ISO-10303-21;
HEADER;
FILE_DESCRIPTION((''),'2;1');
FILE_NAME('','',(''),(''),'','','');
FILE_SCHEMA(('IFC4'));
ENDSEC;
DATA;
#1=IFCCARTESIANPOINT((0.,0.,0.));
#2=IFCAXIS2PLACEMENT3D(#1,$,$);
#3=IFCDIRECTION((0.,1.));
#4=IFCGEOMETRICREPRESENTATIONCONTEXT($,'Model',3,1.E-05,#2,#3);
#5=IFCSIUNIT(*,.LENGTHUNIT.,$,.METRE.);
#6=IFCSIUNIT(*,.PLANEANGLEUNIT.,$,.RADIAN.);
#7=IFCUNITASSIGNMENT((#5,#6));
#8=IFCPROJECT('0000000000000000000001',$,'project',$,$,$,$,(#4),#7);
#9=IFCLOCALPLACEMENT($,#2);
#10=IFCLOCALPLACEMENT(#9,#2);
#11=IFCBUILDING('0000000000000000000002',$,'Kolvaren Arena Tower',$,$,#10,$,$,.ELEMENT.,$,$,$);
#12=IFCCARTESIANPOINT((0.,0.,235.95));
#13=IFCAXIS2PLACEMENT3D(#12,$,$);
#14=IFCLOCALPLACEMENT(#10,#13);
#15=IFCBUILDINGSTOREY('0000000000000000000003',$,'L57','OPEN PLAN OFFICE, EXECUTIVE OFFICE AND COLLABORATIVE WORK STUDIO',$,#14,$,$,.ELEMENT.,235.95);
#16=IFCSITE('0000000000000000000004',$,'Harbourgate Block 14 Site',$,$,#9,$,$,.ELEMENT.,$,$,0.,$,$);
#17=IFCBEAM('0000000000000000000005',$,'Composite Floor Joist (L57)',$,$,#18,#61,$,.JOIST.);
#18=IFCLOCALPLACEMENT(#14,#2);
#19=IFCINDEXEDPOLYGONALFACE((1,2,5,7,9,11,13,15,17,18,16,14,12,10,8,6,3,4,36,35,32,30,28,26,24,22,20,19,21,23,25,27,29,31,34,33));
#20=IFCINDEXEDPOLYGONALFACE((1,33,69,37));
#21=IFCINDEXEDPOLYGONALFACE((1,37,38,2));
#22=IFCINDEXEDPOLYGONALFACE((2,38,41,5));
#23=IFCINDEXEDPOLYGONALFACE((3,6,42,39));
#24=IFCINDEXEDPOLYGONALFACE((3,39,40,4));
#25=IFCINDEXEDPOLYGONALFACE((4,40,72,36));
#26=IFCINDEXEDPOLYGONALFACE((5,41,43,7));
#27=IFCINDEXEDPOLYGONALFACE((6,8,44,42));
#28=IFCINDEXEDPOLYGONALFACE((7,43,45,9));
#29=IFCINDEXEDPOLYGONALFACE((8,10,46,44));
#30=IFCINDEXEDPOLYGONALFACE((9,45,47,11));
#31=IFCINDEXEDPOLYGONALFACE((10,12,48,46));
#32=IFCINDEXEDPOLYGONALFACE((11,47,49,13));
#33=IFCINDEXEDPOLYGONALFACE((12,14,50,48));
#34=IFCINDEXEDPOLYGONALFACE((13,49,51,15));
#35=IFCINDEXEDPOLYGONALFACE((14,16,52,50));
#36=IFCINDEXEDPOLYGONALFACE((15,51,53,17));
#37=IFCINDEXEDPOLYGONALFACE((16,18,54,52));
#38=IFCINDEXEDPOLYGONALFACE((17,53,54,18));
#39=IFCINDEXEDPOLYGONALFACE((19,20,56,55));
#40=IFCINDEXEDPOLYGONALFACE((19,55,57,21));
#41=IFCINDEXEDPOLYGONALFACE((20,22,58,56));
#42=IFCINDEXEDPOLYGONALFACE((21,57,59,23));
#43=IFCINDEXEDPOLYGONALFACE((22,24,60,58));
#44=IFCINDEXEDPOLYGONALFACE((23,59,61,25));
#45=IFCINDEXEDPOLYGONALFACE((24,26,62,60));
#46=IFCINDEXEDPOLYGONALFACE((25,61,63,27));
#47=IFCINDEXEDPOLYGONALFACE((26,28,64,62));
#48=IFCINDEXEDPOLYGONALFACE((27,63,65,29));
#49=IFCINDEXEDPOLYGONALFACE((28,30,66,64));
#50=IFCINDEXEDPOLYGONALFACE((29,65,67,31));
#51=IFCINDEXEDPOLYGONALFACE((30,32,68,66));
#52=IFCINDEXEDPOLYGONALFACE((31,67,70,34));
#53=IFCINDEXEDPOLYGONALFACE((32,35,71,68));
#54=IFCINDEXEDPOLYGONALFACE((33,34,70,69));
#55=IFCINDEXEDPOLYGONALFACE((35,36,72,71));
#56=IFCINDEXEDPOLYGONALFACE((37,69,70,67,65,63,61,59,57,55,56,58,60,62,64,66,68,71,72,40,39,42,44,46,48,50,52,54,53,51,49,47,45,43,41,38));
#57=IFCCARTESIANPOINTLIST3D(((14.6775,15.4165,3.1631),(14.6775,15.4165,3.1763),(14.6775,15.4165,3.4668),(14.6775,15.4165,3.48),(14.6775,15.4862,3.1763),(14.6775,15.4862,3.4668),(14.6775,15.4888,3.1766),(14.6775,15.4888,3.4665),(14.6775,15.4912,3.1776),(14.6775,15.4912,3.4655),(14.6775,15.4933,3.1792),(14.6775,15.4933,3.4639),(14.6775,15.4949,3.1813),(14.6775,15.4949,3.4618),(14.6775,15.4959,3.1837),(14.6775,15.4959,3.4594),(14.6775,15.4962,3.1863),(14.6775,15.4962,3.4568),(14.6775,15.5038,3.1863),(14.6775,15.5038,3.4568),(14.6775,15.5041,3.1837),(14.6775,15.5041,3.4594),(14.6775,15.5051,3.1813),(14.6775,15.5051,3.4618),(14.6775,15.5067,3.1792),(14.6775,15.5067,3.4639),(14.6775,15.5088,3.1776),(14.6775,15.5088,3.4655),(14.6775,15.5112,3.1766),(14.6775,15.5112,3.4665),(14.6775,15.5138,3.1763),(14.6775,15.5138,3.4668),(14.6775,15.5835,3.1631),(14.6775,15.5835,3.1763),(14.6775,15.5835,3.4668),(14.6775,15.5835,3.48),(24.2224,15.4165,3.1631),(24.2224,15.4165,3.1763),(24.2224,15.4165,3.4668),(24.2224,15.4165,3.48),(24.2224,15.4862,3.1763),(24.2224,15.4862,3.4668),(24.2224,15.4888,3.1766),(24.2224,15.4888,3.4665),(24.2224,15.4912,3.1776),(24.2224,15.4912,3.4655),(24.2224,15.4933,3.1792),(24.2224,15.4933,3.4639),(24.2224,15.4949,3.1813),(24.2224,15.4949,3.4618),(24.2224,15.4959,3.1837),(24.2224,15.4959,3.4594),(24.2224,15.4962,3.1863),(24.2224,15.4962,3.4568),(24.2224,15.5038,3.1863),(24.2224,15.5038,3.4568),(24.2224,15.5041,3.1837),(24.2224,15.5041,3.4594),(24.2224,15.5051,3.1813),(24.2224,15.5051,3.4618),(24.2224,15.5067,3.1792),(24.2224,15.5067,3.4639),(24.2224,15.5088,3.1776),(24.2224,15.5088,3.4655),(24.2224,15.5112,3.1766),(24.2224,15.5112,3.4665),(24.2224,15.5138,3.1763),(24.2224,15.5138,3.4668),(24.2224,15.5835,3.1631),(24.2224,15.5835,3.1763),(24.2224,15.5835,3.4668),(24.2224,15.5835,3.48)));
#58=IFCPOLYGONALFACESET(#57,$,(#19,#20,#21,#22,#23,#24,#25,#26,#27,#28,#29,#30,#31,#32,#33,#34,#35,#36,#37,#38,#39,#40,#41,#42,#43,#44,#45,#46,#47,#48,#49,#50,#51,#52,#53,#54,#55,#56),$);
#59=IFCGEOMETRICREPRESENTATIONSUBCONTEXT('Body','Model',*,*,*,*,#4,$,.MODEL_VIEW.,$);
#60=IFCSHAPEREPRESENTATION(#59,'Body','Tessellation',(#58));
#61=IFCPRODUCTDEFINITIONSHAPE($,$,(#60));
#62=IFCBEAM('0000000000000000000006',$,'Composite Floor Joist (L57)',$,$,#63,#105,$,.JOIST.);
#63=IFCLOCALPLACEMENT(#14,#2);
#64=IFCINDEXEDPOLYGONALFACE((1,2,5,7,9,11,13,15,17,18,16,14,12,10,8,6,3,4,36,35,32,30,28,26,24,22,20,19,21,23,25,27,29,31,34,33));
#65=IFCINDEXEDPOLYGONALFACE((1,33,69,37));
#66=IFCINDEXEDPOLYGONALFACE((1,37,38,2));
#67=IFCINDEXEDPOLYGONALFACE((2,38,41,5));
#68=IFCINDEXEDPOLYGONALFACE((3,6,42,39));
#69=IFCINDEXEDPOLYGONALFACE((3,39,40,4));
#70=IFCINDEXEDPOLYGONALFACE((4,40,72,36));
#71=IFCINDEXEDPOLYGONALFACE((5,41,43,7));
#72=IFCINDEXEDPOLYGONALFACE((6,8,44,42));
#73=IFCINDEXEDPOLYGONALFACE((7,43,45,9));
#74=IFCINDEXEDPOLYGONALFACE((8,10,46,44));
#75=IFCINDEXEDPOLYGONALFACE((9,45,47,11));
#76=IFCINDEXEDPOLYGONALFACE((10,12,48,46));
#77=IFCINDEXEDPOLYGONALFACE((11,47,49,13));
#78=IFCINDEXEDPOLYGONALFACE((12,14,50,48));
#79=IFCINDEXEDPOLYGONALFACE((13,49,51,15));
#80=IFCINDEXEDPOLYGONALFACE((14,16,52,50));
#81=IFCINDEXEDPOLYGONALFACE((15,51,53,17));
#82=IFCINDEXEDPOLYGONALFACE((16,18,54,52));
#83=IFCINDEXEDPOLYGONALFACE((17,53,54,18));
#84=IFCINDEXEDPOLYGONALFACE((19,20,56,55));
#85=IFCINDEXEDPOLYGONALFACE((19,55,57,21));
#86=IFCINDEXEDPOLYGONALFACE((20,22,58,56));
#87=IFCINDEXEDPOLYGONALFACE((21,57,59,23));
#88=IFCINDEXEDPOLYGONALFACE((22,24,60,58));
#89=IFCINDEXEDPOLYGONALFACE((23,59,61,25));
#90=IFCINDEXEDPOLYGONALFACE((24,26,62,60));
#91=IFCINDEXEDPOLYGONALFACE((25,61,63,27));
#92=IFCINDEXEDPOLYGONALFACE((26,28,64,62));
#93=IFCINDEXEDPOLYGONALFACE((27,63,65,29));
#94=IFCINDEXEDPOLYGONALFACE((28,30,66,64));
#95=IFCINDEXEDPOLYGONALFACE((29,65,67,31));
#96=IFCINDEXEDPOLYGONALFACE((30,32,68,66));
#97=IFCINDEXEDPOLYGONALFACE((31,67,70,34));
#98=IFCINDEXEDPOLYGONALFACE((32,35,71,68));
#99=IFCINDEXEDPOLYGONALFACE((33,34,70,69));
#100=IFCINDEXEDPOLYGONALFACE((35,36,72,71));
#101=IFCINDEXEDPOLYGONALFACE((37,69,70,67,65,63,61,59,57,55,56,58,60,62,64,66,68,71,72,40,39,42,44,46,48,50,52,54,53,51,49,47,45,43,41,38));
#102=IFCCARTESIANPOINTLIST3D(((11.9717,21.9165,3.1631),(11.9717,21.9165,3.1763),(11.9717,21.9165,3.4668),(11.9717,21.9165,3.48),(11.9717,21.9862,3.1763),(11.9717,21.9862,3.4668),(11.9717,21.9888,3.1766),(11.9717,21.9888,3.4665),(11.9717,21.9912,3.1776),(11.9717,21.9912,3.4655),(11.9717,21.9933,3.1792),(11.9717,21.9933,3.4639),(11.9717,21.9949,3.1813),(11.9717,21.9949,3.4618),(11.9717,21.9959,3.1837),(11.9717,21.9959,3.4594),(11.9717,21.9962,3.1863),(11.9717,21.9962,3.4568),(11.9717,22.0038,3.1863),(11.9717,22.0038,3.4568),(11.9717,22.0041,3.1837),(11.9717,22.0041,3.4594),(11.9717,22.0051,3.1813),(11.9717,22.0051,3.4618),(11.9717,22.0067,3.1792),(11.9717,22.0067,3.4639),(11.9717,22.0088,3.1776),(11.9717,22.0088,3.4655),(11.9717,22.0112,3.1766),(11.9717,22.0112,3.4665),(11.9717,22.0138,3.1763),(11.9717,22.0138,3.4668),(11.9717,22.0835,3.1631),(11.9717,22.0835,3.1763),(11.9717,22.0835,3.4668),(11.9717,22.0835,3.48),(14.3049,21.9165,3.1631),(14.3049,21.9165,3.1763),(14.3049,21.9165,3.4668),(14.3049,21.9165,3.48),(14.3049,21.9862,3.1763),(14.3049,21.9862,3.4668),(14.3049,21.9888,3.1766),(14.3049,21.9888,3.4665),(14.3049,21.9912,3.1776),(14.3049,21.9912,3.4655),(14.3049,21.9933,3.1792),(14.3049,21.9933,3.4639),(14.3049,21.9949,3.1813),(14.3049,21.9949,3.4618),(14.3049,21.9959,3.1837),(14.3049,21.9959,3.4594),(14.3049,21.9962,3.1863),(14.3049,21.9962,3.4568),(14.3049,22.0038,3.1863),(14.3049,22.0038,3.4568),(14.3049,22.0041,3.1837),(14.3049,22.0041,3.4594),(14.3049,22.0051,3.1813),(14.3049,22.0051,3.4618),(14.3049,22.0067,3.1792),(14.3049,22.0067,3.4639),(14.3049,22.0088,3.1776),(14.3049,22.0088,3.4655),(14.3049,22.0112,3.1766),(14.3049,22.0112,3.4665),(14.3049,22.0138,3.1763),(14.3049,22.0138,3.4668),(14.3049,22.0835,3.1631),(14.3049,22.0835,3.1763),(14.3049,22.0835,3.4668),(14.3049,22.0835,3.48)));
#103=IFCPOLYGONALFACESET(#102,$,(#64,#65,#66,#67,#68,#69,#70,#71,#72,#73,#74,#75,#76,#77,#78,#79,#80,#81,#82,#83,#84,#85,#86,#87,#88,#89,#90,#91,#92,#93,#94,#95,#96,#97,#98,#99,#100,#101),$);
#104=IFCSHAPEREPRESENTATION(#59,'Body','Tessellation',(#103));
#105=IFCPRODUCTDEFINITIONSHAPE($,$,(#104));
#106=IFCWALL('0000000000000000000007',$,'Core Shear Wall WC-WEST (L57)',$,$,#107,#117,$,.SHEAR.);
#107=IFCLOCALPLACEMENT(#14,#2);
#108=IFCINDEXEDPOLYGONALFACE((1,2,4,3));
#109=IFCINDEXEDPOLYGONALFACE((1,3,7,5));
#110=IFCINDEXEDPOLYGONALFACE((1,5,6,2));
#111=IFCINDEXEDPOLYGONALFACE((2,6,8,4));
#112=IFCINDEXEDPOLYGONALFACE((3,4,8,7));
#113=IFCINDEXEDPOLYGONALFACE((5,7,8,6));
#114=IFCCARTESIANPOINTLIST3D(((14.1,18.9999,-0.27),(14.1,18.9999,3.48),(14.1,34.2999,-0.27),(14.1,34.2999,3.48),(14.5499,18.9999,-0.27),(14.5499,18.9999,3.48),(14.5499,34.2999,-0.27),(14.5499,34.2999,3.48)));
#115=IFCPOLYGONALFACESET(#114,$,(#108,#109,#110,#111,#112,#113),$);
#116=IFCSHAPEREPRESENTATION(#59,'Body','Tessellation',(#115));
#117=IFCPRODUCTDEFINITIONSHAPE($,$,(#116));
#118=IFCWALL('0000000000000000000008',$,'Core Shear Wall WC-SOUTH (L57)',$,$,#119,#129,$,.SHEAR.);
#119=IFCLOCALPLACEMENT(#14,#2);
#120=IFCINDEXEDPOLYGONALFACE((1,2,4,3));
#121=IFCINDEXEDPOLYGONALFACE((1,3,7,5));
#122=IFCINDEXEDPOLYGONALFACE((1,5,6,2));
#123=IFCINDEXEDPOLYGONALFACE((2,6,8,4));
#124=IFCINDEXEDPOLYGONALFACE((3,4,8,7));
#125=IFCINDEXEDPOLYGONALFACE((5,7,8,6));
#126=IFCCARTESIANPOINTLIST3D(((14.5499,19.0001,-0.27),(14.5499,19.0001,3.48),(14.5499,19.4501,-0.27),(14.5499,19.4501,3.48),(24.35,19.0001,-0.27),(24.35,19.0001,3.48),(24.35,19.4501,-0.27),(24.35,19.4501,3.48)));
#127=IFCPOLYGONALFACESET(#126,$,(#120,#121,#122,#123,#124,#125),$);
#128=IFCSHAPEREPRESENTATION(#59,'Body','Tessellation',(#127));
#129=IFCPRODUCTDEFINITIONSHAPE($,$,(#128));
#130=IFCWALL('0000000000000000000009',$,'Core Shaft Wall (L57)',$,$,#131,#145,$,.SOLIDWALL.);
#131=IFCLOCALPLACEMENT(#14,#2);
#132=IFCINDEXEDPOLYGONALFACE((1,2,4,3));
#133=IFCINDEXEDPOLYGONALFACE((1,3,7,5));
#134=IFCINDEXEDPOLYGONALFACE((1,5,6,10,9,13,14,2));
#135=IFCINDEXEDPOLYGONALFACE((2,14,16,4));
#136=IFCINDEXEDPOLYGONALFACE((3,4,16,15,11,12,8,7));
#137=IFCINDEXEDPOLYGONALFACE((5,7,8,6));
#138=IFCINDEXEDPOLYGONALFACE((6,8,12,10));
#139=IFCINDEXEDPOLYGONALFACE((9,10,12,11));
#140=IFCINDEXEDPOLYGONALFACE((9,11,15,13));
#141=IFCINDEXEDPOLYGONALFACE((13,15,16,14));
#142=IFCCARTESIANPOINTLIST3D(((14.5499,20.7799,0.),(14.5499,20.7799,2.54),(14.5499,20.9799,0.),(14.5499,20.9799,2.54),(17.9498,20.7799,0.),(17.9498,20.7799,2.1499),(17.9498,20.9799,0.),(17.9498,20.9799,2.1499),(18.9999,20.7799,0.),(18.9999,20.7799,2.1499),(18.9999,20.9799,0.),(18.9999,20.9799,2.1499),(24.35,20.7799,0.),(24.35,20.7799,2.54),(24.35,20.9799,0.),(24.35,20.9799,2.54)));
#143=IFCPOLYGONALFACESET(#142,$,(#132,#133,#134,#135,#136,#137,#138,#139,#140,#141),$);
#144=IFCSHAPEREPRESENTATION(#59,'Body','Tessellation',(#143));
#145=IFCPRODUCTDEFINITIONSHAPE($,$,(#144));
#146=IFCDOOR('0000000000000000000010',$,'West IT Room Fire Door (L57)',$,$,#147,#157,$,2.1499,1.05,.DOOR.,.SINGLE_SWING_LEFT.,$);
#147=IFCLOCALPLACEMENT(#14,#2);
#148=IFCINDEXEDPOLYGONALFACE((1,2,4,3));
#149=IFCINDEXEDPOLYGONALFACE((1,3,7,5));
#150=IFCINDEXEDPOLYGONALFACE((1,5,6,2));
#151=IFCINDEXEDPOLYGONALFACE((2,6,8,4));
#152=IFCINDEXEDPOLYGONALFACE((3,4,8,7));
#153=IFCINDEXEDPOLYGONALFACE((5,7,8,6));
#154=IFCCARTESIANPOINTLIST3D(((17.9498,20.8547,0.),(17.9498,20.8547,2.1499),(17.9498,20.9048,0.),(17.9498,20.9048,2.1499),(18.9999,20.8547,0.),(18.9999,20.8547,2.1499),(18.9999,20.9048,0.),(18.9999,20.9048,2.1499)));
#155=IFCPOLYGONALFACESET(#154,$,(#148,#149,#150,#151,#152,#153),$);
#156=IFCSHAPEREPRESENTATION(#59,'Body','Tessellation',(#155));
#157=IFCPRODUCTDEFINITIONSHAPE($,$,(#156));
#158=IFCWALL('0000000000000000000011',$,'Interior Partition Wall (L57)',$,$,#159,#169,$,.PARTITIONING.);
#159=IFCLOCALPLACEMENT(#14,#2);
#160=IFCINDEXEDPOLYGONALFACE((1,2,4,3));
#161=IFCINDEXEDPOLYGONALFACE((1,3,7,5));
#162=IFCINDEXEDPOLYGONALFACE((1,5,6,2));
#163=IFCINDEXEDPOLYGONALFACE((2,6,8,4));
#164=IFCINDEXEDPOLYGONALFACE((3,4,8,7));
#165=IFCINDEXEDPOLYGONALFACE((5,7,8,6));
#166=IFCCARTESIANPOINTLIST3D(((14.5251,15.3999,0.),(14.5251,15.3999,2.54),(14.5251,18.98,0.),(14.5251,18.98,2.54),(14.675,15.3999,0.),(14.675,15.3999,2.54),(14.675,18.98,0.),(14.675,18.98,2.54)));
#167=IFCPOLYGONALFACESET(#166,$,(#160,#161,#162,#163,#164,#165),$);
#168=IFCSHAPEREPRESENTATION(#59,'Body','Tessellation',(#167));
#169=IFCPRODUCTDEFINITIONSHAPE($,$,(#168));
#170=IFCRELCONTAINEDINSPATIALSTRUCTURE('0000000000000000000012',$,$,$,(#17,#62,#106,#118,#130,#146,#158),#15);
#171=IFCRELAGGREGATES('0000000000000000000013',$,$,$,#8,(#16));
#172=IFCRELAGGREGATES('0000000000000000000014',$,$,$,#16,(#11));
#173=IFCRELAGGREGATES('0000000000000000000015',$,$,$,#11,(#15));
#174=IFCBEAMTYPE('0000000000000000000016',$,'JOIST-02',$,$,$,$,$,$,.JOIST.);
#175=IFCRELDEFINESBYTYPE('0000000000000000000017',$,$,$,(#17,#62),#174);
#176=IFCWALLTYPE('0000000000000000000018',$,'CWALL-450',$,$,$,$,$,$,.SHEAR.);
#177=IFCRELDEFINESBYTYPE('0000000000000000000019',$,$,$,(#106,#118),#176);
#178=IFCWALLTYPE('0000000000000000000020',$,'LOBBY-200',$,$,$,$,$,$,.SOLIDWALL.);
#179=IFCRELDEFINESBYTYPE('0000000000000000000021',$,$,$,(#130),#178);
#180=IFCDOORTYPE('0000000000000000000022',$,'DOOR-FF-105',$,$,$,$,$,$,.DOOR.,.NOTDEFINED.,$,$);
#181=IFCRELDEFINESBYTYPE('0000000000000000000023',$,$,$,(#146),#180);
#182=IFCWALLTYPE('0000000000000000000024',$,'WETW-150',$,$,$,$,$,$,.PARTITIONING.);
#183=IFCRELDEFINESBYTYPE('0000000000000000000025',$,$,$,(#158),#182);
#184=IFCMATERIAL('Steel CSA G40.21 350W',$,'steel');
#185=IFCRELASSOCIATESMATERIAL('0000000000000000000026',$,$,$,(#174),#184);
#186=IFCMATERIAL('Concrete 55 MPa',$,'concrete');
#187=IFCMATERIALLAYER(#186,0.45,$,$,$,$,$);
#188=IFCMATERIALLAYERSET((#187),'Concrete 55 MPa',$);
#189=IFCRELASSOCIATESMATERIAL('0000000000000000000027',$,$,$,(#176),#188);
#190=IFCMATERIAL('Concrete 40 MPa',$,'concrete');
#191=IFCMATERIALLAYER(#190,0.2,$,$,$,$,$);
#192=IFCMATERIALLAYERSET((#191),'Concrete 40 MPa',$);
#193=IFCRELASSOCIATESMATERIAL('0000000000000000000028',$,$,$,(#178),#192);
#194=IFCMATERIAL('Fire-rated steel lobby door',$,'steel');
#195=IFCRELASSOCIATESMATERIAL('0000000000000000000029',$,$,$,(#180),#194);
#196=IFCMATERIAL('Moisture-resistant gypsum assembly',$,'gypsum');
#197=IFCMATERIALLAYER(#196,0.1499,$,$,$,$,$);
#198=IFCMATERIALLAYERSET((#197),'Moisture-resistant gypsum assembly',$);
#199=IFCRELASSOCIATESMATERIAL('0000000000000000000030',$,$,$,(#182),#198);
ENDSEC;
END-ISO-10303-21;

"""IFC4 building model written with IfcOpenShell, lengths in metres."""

from ifc_helpers import new_model, si_unit, direction, frame, frame_2d, origin, origin_2d, place, context, subcontext, project, spatial, rectangle, i_section, extrude, material, layer, layer_set, material_profile, profile_set, type_object, element, fill, save


model = new_model("IFC4")

# Units and contexts
model_context = context("Model", 3, precision=1e-05, world=origin(), true_north=direction((0.0, 1.0)))
body_context = subcontext(model_context, "Body", "Model", "MODEL_VIEW")
ifc_project = project(units=[si_unit("LENGTHUNIT", "METRE"), si_unit("PLANEANGLEUNIT", "RADIAN")], contexts=[model_context])

# Site, building, storey
site_placement = place(None, origin())
site = spatial("IfcSite", under=ifc_project, at=site_placement, Name="Harbourgate Block 14 Site", CompositionType="ELEMENT", RefElevation=0.0)
building_placement = place(site_placement, origin())
building = spatial("IfcBuilding", under=site, at=building_placement, Name="Kolvaren Arena Tower", CompositionType="ELEMENT")
storey_placement = place(building_placement, frame((0.0, 0.0, 235.95)))
storey = spatial("IfcBuildingStorey", under=building, at=storey_placement, Name="L57", Description="OPEN PLAN OFFICE, EXECUTIVE OFFICE AND COLLABORATIVE WORK STUDIO", CompositionType="ELEMENT", Elevation=235.95)

# Beams
ifc_material_1 = material(Name="Steel CSA G40.21 350W", Category="steel")
ifc_material_profile_1 = material_profile(ifc_material_1, i_section(OverallWidth=0.167, OverallDepth=0.3169, WebThickness=0.0076, FlangeThickness=0.0132, FilletRadius=0.01, at=origin_2d()), Name="W310x52")
ifc_profile_set_1 = profile_set([ifc_material_profile_1], Name="Steel CSA G40.21 350W")
beam_type_1 = type_object("IfcBeamType", Name="JOIST-02", PredefinedType="JOIST", material=ifc_profile_set_1)
beam_1_placement = place(storey_placement, frame((14.6775, 15.5, 3.3215), z_axis=(1.0, 0.0, 0.0), x_axis=(0.0, 1.0, 0.0)))
element("IfcBeam", 1, at=beam_1_placement, inside=storey, type_object=beam_type_1, Name="Composite Floor Joist (L57)", PredefinedType="JOIST", context=body_context, shape_type="SweptSolid", body=[
    extrude(i_section(OverallWidth=0.167, OverallDepth=0.3169, WebThickness=0.0076, FlangeThickness=0.0132, FilletRadius=0.01, at=origin_2d()), origin(), (0.0, 0.0, 1.0), 9.5449),
])
beam_2_placement = place(storey_placement, frame((11.9717, 22.0, 3.3215), z_axis=(1.0, 0.0, 0.0), x_axis=(0.0, 1.0, 0.0)))
element("IfcBeam", 2, at=beam_2_placement, inside=storey, type_object=beam_type_1, Name="Composite Floor Joist (L57)", PredefinedType="JOIST", context=body_context, shape_type="SweptSolid", body=[
    extrude(i_section(OverallWidth=0.167, OverallDepth=0.3169, WebThickness=0.0076, FlangeThickness=0.0132, FilletRadius=0.01, at=origin_2d()), origin(), (0.0, 0.0, 1.0), 2.3333),
])

# Walls
ifc_material_2 = material(Name="Concrete 55 MPa", Category="concrete")
ifc_layer_1 = layer(ifc_material_2, 0.45)
ifc_layer_set_1 = layer_set([ifc_layer_1], Name="Concrete 55 MPa")
wall_type_1 = type_object("IfcWallType", Name="CWALL-450", PredefinedType="SHEAR", material=ifc_layer_set_1)
wall_1_placement = place(storey_placement, frame((14.325, 19.0, -0.27), z_axis=(0.0, 0.0, 1.0), x_axis=(0.0, 1.0, 0.0)))
element("IfcWall", 3, at=wall_1_placement, inside=storey, type_object=wall_type_1, Name="Core Shear Wall WC-WEST (L57)", PredefinedType="SHEAR", context=body_context, shape_type="SweptSolid", body=[
    extrude(rectangle(XDim=15.3, YDim=0.45, at=frame_2d((7.6499, 0.0))), origin(), (0.0, 0.0, 1.0), 3.75),
])
wall_2_placement = place(storey_placement, frame((14.55, 19.2251, -0.27), z_axis=(0.0, 0.0, 1.0), x_axis=(1.0, 0.0, 0.0)))
element("IfcWall", 4, at=wall_2_placement, inside=storey, type_object=wall_type_1, Name="Core Shear Wall WC-SOUTH (L57)", PredefinedType="SHEAR", context=body_context, shape_type="SweptSolid", body=[
    extrude(rectangle(XDim=9.8, YDim=0.45, at=frame_2d((4.8999, 0.0))), origin(), (0.0, 0.0, 1.0), 3.75),
])

# Wall, opening, door
ifc_material_3 = material(Name="Concrete 40 MPa", Category="concrete")
ifc_layer_2 = layer(ifc_material_3, 0.2)
ifc_layer_set_2 = layer_set([ifc_layer_2], Name="Concrete 40 MPa")
wall_type_2 = type_object("IfcWallType", Name="LOBBY-200", PredefinedType="SOLIDWALL", material=ifc_layer_set_2)
wall_3_placement = place(storey_placement, frame((14.55, 20.8799, 0.0), z_axis=(0.0, 0.0, 1.0), x_axis=(1.0, 0.0, 0.0)))
wall_3 = element("IfcWall", 5, at=wall_3_placement, inside=storey, type_object=wall_type_2, Name="Core Shaft Wall (L57)", PredefinedType="SOLIDWALL", context=body_context, shape_type="SweptSolid", body=[
    extrude(rectangle(XDim=9.8, YDim=0.2, at=frame_2d((4.8999, 0.0))), origin(), (0.0, 0.0, 1.0), 2.54),
])
opening_placement = place(wall_3_placement, frame((3.3999, 0.0, 0.0)))
opening = element("IfcOpeningElement", 6, at=opening_placement, cuts=wall_3, PredefinedType="OPENING", context=body_context, shape_type="SweptSolid", body=[
    extrude(rectangle(XDim=1.05, YDim=2.1499, at=frame_2d((0.5249, 1.075))), frame((0.0, 0.1099, 0.0), z_axis=(0.0, -1.0, 0.0), x_axis=(1.0, 0.0, 0.0)), (0.0, 0.0, 1.0), 0.22),
])
ifc_material_4 = material(Name="Fire-rated steel lobby door", Category="steel")
door_type = type_object("IfcDoorType", Name="DOOR-FF-105", OperationType="NOTDEFINED", PredefinedType="DOOR", material=ifc_material_4)
door_placement = place(opening_placement, origin())
door = element("IfcDoor", 7, at=door_placement, inside=storey, type_object=door_type, Name="West IT Room Fire Door (L57)", OperationType="SINGLE_SWING_LEFT", OverallHeight=2.1499, OverallWidth=1.05, PredefinedType="DOOR", context=body_context, shape_type="SweptSolid", body=[
    extrude(rectangle(XDim=1.05, YDim=2.1499, at=frame_2d((0.5249, 1.075))), frame((0.0, 0.0249, 0.0), z_axis=(0.0, -1.0, 0.0), x_axis=(1.0, 0.0, 0.0)), (0.0, 0.0, 1.0), 0.05),
])
fill(opening, door)

# Wall
ifc_material_5 = material(Name="Moisture-resistant gypsum assembly", Category="gypsum")
ifc_layer_3 = layer(ifc_material_5, 0.1499)
ifc_layer_set_3 = layer_set([ifc_layer_3], Name="Moisture-resistant gypsum assembly")
wall_type_3 = type_object("IfcWallType", Name="WETW-150", PredefinedType="PARTITIONING", material=ifc_layer_set_3)
wall_4_placement = place(storey_placement, frame((14.6001, 15.3999, 0.0), z_axis=(0.0, 0.0, 1.0), x_axis=(0.0, 1.0, 0.0)))
element("IfcWall", 8, at=wall_4_placement, inside=storey, type_object=wall_type_3, Name="Interior Partition Wall (L57)", PredefinedType="PARTITIONING", context=body_context, shape_type="SweptSolid", body=[
    extrude(rectangle(XDim=3.5801, YDim=0.1499, at=frame_2d((1.79, 0.0))), origin(), (0.0, 0.0, 1.0), 2.54),
])

save(model, "model.ifc")
